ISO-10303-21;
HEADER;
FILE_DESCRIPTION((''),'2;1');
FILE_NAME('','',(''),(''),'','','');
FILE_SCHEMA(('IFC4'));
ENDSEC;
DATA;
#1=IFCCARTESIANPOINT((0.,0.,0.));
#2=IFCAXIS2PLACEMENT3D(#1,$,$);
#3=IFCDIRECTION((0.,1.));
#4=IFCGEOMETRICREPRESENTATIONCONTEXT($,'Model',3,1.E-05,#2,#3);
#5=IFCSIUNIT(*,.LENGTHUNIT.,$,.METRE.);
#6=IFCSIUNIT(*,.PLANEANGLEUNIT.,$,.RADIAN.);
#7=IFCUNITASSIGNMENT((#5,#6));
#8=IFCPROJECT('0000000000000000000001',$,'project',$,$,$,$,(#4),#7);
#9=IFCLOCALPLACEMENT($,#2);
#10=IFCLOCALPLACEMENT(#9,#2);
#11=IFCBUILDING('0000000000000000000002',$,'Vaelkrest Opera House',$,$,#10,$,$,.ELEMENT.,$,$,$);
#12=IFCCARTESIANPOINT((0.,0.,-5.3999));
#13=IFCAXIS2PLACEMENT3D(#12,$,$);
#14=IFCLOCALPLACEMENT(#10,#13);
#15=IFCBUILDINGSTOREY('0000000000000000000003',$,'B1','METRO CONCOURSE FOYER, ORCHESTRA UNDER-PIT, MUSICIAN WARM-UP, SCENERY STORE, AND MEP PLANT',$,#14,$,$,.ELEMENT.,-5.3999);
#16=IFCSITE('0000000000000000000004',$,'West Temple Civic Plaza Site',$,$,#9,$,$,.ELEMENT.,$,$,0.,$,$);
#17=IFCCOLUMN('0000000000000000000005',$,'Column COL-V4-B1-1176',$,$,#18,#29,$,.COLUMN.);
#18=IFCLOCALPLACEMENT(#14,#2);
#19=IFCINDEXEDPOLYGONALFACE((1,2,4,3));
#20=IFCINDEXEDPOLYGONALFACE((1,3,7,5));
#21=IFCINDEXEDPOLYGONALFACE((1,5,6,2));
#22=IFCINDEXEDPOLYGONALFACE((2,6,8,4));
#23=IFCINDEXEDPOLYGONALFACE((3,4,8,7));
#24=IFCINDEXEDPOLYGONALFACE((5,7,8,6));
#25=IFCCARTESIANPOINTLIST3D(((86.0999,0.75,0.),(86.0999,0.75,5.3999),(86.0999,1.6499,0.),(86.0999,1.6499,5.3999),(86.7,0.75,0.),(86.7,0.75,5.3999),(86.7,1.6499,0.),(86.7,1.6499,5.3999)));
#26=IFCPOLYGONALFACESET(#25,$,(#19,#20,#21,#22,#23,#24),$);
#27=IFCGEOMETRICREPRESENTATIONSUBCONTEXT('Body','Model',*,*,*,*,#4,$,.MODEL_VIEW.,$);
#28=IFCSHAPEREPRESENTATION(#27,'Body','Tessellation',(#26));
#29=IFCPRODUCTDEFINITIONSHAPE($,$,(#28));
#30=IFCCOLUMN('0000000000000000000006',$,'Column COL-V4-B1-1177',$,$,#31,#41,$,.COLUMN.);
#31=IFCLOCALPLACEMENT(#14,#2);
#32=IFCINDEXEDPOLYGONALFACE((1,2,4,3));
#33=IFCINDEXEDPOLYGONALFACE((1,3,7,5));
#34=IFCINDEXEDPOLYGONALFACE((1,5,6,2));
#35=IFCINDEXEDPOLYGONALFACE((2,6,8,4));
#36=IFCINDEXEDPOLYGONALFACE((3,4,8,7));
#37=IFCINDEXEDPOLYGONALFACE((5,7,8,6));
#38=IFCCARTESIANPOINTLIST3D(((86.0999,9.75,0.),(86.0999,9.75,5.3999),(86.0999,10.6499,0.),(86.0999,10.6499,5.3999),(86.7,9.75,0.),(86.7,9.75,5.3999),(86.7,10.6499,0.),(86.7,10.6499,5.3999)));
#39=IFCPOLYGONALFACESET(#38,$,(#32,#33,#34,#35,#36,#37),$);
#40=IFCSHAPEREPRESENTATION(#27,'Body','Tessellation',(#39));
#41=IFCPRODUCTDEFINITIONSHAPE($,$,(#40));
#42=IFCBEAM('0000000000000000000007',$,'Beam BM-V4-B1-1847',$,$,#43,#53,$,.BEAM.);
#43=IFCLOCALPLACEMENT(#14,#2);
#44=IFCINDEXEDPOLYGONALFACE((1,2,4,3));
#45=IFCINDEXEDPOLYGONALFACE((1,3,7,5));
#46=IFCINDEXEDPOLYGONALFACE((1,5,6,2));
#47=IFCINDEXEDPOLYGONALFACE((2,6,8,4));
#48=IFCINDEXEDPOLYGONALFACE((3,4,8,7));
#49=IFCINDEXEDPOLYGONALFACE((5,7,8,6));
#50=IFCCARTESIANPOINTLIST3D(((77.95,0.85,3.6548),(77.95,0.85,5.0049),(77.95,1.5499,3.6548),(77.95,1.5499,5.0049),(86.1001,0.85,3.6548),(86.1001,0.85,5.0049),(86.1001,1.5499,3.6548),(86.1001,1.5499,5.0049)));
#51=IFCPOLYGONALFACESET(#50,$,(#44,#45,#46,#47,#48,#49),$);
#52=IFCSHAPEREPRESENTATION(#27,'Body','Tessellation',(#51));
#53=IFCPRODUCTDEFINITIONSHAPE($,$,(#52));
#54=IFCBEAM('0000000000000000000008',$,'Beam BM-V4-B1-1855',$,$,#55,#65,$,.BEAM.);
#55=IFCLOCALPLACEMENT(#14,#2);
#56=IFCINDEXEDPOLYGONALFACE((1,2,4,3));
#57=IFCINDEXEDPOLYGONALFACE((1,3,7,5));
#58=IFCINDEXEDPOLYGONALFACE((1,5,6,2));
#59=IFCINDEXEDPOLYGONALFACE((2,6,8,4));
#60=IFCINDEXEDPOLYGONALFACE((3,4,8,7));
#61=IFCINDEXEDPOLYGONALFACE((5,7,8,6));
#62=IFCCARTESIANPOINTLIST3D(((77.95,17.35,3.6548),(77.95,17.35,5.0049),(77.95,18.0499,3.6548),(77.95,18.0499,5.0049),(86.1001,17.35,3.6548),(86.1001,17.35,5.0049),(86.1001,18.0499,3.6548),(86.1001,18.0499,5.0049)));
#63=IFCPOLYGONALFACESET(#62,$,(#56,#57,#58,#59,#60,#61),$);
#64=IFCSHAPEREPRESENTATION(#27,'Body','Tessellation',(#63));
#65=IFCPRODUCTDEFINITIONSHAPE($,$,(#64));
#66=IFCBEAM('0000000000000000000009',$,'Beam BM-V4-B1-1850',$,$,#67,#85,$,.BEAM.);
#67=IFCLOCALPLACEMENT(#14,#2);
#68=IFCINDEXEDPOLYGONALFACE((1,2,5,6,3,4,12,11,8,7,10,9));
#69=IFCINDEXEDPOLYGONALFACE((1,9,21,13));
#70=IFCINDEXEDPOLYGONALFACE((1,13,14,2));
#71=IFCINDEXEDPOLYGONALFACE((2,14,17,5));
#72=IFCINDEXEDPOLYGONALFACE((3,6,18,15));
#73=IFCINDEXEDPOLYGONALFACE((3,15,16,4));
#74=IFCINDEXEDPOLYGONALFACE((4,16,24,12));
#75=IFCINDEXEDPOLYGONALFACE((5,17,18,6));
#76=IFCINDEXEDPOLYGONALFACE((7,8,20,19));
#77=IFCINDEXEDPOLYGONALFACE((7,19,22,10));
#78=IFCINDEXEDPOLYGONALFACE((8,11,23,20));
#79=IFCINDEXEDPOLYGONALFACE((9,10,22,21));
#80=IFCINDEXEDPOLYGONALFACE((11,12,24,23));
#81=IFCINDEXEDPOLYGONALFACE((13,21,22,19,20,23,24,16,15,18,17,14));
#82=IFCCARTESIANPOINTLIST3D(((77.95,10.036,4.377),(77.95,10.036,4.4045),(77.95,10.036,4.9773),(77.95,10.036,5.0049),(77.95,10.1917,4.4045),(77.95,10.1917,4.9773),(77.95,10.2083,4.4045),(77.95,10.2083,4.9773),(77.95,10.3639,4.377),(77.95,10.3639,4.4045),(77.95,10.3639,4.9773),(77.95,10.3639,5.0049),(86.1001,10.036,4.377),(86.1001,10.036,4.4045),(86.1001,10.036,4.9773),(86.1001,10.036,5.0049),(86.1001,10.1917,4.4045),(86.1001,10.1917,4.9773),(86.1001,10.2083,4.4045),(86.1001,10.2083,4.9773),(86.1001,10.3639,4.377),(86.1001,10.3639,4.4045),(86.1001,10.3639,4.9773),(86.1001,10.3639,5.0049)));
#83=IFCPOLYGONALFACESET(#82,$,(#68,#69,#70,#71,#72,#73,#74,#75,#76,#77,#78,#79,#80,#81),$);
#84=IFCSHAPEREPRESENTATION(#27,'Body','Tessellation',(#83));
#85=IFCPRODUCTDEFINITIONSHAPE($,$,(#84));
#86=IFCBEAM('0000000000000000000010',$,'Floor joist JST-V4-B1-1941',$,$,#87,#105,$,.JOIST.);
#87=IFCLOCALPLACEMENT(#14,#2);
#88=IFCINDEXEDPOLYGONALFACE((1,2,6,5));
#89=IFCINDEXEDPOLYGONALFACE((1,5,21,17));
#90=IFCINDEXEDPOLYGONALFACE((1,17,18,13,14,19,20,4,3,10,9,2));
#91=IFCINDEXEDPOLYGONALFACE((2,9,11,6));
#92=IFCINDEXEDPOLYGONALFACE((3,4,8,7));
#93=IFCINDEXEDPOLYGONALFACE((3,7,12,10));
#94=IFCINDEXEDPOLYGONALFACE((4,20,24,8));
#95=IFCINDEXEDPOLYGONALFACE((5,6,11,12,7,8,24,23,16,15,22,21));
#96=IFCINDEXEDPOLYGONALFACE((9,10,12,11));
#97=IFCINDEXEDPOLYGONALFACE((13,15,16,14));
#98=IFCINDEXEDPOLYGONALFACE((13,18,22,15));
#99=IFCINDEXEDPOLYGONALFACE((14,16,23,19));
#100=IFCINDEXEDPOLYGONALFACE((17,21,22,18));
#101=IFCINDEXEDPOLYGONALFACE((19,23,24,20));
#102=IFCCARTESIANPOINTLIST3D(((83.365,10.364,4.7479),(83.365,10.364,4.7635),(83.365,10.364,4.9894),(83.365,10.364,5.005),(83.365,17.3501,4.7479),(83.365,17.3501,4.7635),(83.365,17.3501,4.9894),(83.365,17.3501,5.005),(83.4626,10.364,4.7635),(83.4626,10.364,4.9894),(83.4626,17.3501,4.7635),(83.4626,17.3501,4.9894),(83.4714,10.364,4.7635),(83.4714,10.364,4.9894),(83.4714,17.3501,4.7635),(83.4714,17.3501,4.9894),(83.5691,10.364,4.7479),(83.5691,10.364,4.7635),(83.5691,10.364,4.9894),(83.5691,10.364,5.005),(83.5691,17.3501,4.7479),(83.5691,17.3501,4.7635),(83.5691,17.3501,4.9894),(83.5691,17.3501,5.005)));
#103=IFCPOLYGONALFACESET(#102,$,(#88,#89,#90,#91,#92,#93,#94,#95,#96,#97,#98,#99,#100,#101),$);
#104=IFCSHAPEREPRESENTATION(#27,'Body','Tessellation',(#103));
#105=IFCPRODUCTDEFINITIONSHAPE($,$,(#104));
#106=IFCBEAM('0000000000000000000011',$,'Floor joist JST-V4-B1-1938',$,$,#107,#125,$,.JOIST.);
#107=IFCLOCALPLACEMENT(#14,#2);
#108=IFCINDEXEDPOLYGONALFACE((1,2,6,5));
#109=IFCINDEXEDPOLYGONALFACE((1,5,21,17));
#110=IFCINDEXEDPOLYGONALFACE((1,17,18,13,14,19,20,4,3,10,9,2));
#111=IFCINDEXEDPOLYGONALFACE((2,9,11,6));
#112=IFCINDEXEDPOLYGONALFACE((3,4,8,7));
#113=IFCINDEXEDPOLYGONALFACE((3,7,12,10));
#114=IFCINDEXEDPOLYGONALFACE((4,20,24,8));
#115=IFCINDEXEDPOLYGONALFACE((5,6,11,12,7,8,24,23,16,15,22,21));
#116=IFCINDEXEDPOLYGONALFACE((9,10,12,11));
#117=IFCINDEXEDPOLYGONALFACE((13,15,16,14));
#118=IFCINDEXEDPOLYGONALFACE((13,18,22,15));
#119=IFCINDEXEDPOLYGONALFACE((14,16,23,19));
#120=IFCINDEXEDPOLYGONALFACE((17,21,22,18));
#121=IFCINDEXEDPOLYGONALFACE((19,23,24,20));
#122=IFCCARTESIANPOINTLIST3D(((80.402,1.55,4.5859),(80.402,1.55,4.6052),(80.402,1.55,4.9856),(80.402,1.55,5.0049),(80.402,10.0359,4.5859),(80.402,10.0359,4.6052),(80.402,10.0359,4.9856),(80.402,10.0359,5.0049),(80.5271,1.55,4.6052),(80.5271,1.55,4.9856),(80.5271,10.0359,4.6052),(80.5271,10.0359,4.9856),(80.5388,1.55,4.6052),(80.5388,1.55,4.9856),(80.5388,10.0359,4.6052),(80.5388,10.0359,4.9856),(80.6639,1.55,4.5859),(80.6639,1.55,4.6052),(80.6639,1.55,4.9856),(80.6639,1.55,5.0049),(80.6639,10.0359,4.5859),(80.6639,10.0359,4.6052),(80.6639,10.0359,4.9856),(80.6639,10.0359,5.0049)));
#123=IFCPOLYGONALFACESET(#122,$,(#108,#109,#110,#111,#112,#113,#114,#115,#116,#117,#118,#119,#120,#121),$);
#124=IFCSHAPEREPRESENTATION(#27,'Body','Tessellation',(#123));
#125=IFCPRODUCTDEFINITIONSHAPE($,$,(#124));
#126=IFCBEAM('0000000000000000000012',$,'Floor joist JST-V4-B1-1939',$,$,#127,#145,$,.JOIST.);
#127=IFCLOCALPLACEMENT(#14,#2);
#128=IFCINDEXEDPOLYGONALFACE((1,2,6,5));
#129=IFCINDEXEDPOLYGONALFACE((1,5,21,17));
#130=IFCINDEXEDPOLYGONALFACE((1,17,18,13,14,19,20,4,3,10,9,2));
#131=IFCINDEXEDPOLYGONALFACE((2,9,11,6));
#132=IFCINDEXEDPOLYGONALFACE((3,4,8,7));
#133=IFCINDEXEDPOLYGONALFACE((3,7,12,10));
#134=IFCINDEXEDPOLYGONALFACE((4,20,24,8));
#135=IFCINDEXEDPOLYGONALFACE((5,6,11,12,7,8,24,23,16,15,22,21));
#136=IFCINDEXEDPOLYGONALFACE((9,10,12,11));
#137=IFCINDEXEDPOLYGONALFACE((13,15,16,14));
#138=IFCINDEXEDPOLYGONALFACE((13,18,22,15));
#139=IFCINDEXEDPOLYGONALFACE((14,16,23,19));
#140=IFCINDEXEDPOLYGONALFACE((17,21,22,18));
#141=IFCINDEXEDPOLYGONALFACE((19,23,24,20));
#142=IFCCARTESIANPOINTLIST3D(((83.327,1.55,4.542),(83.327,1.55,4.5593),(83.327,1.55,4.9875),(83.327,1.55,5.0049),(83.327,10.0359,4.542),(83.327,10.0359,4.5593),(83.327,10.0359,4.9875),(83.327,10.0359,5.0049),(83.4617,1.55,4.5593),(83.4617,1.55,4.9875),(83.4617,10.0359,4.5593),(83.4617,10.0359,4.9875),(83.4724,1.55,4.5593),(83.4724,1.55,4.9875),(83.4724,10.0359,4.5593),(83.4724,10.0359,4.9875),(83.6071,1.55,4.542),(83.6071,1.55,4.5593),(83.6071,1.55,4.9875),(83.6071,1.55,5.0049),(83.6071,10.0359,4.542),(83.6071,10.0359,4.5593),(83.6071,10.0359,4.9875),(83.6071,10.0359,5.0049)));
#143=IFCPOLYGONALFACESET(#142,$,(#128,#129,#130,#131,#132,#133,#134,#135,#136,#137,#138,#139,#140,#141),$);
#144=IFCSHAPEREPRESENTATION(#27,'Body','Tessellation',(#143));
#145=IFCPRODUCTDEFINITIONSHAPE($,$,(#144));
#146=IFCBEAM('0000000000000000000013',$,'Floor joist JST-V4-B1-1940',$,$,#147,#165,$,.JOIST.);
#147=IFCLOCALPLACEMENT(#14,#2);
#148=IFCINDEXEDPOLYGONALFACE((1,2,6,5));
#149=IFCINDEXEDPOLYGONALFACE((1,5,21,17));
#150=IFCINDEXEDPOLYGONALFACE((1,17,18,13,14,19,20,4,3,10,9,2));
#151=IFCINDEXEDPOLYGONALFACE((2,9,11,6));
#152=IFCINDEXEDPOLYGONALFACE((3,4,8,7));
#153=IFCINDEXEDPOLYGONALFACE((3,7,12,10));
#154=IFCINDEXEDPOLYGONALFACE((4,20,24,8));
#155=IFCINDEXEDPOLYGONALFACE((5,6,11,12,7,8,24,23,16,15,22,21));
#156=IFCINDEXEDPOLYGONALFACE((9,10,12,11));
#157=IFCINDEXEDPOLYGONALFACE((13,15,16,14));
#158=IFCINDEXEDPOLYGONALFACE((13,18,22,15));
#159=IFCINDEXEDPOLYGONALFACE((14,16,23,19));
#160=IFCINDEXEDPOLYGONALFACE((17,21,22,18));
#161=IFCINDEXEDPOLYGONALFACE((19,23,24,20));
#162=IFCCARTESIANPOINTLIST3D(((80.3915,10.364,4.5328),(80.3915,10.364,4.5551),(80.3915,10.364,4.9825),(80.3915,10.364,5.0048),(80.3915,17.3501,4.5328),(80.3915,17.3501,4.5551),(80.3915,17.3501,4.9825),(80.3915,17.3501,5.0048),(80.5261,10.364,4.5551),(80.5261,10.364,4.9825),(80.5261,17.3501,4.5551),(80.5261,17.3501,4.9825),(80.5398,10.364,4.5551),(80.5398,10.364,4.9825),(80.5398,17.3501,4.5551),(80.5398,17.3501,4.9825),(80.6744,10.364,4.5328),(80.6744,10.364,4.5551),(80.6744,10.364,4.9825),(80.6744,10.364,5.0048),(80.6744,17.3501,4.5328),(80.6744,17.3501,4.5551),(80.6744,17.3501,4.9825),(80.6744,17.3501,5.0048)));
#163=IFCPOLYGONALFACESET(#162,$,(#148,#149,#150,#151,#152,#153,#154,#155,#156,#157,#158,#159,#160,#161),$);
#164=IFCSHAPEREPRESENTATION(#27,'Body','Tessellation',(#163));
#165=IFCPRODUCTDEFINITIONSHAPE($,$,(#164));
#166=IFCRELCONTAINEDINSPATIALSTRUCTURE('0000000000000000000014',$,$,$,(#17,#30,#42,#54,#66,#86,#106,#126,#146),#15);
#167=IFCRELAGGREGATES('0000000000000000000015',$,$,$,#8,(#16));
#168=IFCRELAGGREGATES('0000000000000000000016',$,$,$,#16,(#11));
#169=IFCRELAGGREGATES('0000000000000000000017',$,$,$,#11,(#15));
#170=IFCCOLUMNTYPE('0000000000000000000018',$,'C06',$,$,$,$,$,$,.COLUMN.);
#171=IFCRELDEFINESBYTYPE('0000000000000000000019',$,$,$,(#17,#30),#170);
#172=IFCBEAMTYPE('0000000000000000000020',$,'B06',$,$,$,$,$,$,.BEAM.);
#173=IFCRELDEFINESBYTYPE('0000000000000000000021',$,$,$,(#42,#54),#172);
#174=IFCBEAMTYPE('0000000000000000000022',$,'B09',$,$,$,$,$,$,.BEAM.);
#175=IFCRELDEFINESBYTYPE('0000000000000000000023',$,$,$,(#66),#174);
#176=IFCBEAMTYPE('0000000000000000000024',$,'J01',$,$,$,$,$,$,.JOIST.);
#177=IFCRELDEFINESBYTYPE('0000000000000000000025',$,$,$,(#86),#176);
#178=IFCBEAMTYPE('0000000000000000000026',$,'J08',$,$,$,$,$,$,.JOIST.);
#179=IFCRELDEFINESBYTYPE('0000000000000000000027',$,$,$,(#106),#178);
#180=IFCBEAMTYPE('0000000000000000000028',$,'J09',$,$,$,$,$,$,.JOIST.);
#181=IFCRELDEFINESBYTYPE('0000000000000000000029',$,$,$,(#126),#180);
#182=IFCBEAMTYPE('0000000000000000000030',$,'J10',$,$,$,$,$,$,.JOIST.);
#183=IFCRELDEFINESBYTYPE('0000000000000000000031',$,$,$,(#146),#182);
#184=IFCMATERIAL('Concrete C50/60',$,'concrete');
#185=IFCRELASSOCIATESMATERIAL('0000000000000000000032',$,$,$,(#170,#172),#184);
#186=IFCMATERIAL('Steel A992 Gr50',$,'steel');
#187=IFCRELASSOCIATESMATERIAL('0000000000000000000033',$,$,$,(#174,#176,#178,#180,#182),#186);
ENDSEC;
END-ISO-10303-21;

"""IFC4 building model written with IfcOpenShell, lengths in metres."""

from ifc_helpers import new_model, si_unit, direction, frame, origin, origin_2d, place, context, subcontext, project, spatial, rectangle, i_section, extrude, material, material_profile, profile_set, type_object, element, save


model = new_model("IFC4")

# Units and contexts
model_context = context("Model", 3, precision=1e-05, world=origin(), true_north=direction((0.0, 1.0)))
body_context = subcontext(model_context, "Body", "Model", "MODEL_VIEW")
ifc_project = project(units=[si_unit("LENGTHUNIT", "METRE"), si_unit("PLANEANGLEUNIT", "RADIAN")], contexts=[model_context])

# Site, building, storey
site_placement = place(None, origin())
site = spatial("IfcSite", under=ifc_project, at=site_placement, Name="West Temple Civic Plaza Site", CompositionType="ELEMENT", RefElevation=0.0)
building_placement = place(site_placement, origin())
building = spatial("IfcBuilding", under=site, at=building_placement, Name="Vaelkrest Opera House", CompositionType="ELEMENT")
storey_placement = place(building_placement, frame((0.0, 0.0, -5.3999)))
storey = spatial("IfcBuildingStorey", under=building, at=storey_placement, Name="B1", Description="METRO CONCOURSE FOYER, ORCHESTRA UNDER-PIT, MUSICIAN WARM-UP, SCENERY STORE, AND MEP PLANT", CompositionType="ELEMENT", Elevation=-5.3999)

# Columns
ifc_material_1 = material(Name="Concrete C50/60", Category="concrete")
ifc_material_profile_1 = material_profile(ifc_material_1, rectangle(XDim=0.6001, YDim=0.8999, at=origin_2d()), Name="RC600X900")
ifc_profile_set_1 = profile_set([ifc_material_profile_1], Name="Concrete C50/60")
column_type_1 = type_object("IfcColumnType", Name="C06", PredefinedType="COLUMN", material=ifc_profile_set_1)
for number, where, z_axis, x_axis, name in (
    (1, (86.3999, 1.2, 0.0), (0.0, 0.0, 1.0), (1.0, 0.0, 0.0), "Column COL-V4-B1-1176"),
    (2, (86.3999, 10.2, 0.0), (0.0, 0.0, 1.0), (1.0, 0.0, 0.0), "Column COL-V4-B1-1177"),
):
    element("IfcColumn", number, at=place(storey_placement, frame(where, z_axis=z_axis, x_axis=x_axis)), inside=storey, type_object=column_type_1, Name=name, PredefinedType="COLUMN", context=body_context, shape_type="SweptSolid", body=[
        extrude(rectangle(XDim=0.6001, YDim=0.8999, at=origin_2d()), origin(), (0.0, 0.0, 1.0), 5.3999),
    ])

# Beams
ifc_material_profile_2 = material_profile(ifc_material_1, rectangle(XDim=0.7, YDim=1.3501, at=origin_2d()), Name="RCB700X1350")
ifc_profile_set_2 = profile_set([ifc_material_profile_2], Name="Concrete C50/60")
beam_type_1 = type_object("IfcBeamType", Name="B06", PredefinedType="BEAM", material=ifc_profile_set_2)
for number, where, z_axis, x_axis, name in (
    (3, (77.95, 1.2, 4.3298), (1.0, 0.0, 0.0), (0.0, 1.0, 0.0), "Beam BM-V4-B1-1847"),
    (4, (77.95, 17.7, 4.3298), (1.0, 0.0, 0.0), (0.0, 1.0, 0.0), "Beam BM-V4-B1-1855"),
):
    element("IfcBeam", number, at=place(storey_placement, frame(where, z_axis=z_axis, x_axis=x_axis)), inside=storey, type_object=beam_type_1, Name=name, PredefinedType="BEAM", context=body_context, shape_type="SweptSolid", body=[
        extrude(rectangle(XDim=0.7, YDim=1.3501, at=origin_2d()), origin(), (0.0, 0.0, 1.0), 8.1501),
    ])
ifc_material_2 = material(Name="Steel A992 Gr50", Category="steel")
ifc_material_profile_3 = material_profile(ifc_material_2, i_section(OverallWidth=0.3279, OverallDepth=0.6279, WebThickness=0.0166, FlangeThickness=0.0276, at=origin_2d()), Name="W24X146")
ifc_profile_set_3 = profile_set([ifc_material_profile_3], Name="Steel A992 Gr50")
beam_type_2 = type_object("IfcBeamType", Name="B09", PredefinedType="BEAM", material=ifc_profile_set_3)
beam_1_placement = place(storey_placement, frame((77.95, 10.2, 4.6909), z_axis=(1.0, 0.0, 0.0), x_axis=(0.0, 1.0, 0.0)))
element("IfcBeam", 5, at=beam_1_placement, inside=storey, type_object=beam_type_2, Name="Beam BM-V4-B1-1850", PredefinedType="BEAM", context=body_context, shape_type="SweptSolid", body=[
    extrude(i_section(OverallWidth=0.3279, OverallDepth=0.6279, WebThickness=0.0166, FlangeThickness=0.0276, at=origin_2d()), origin(), (0.0, 0.0, 1.0), 8.1501),
])
ifc_material_profile_4 = material_profile(ifc_material_2, i_section(OverallWidth=0.2041, OverallDepth=0.2571, WebThickness=0.0088, FlangeThickness=0.0156, at=origin_2d()), Name="W10X45")
ifc_profile_set_4 = profile_set([ifc_material_profile_4], Name="Steel A992 Gr50")
beam_type_3 = type_object("IfcBeamType", Name="J01", PredefinedType="JOIST", material=ifc_profile_set_4)
beam_2_placement = place(storey_placement, frame((83.467, 10.364, 4.8765), z_axis=(0.0, 1.0, 0.0), x_axis=(-1.0, 0.0, 0.0)))
element("IfcBeam", 6, at=beam_2_placement, inside=storey, type_object=beam_type_3, Name="Floor joist JST-V4-B1-1941", PredefinedType="JOIST", context=body_context, shape_type="SweptSolid", body=[
    extrude(i_section(OverallWidth=0.2041, OverallDepth=0.2571, WebThickness=0.0088, FlangeThickness=0.0156, at=origin_2d()), origin(), (0.0, 0.0, 1.0), 6.9861),
])
ifc_material_profile_5 = material_profile(ifc_material_2, i_section(OverallWidth=0.262, OverallDepth=0.4189, WebThickness=0.0117, FlangeThickness=0.0193, at=origin_2d()), Name="W16X77")
ifc_profile_set_5 = profile_set([ifc_material_profile_5], Name="Steel A992 Gr50")
beam_type_4 = type_object("IfcBeamType", Name="J08", PredefinedType="JOIST", material=ifc_profile_set_5)
beam_3_placement = place(storey_placement, frame((80.533, 1.55, 4.7954), z_axis=(0.0, 1.0, 0.0), x_axis=(-1.0, 0.0, 0.0)))
element("IfcBeam", 7, at=beam_3_placement, inside=storey, type_object=beam_type_4, Name="Floor joist JST-V4-B1-1938", PredefinedType="JOIST", context=body_context, shape_type="SweptSolid", body=[
    extrude(i_section(OverallWidth=0.262, OverallDepth=0.4189, WebThickness=0.0117, FlangeThickness=0.0193, at=origin_2d()), origin(), (0.0, 0.0, 1.0), 8.4858),
])
ifc_material_profile_6 = material_profile(ifc_material_2, i_section(OverallWidth=0.28, OverallDepth=0.4629, WebThickness=0.0107, FlangeThickness=0.0173, at=origin_2d()), Name="W18X76")
ifc_profile_set_6 = profile_set([ifc_material_profile_6], Name="Steel A992 Gr50")
beam_type_5 = type_object("IfcBeamType", Name="J09", PredefinedType="JOIST", material=ifc_profile_set_6)
beam_4_placement = place(storey_placement, frame((83.467, 1.55, 4.7734), z_axis=(0.0, 1.0, 0.0), x_axis=(-1.0, 0.0, 0.0)))
element("IfcBeam", 8, at=beam_4_placement, inside=storey, type_object=beam_type_5, Name="Floor joist JST-V4-B1-1939", PredefinedType="JOIST", context=body_context, shape_type="SweptSolid", body=[
    extrude(i_section(OverallWidth=0.28, OverallDepth=0.4629, WebThickness=0.0107, FlangeThickness=0.0173, at=origin_2d()), origin(), (0.0, 0.0, 1.0), 8.4858),
])
ifc_material_profile_7 = material_profile(ifc_material_2, i_section(OverallWidth=0.283, OverallDepth=0.4719, WebThickness=0.0137, FlangeThickness=0.0222, at=origin_2d()), Name="W18X97")
ifc_profile_set_7 = profile_set([ifc_material_profile_7], Name="Steel A992 Gr50")
beam_type_6 = type_object("IfcBeamType", Name="J10", PredefinedType="JOIST", material=ifc_profile_set_7)
beam_5_placement = place(storey_placement, frame((80.533, 10.364, 4.7688), z_axis=(0.0, 1.0, 0.0), x_axis=(-1.0, 0.0, 0.0)))
element("IfcBeam", 9, at=beam_5_placement, inside=storey, type_object=beam_type_6, Name="Floor joist JST-V4-B1-1940", PredefinedType="JOIST", context=body_context, shape_type="SweptSolid", body=[
    extrude(i_section(OverallWidth=0.283, OverallDepth=0.4719, WebThickness=0.0137, FlangeThickness=0.0222, at=origin_2d()), origin(), (0.0, 0.0, 1.0), 6.9861),
])

save(model, "model.ifc")
